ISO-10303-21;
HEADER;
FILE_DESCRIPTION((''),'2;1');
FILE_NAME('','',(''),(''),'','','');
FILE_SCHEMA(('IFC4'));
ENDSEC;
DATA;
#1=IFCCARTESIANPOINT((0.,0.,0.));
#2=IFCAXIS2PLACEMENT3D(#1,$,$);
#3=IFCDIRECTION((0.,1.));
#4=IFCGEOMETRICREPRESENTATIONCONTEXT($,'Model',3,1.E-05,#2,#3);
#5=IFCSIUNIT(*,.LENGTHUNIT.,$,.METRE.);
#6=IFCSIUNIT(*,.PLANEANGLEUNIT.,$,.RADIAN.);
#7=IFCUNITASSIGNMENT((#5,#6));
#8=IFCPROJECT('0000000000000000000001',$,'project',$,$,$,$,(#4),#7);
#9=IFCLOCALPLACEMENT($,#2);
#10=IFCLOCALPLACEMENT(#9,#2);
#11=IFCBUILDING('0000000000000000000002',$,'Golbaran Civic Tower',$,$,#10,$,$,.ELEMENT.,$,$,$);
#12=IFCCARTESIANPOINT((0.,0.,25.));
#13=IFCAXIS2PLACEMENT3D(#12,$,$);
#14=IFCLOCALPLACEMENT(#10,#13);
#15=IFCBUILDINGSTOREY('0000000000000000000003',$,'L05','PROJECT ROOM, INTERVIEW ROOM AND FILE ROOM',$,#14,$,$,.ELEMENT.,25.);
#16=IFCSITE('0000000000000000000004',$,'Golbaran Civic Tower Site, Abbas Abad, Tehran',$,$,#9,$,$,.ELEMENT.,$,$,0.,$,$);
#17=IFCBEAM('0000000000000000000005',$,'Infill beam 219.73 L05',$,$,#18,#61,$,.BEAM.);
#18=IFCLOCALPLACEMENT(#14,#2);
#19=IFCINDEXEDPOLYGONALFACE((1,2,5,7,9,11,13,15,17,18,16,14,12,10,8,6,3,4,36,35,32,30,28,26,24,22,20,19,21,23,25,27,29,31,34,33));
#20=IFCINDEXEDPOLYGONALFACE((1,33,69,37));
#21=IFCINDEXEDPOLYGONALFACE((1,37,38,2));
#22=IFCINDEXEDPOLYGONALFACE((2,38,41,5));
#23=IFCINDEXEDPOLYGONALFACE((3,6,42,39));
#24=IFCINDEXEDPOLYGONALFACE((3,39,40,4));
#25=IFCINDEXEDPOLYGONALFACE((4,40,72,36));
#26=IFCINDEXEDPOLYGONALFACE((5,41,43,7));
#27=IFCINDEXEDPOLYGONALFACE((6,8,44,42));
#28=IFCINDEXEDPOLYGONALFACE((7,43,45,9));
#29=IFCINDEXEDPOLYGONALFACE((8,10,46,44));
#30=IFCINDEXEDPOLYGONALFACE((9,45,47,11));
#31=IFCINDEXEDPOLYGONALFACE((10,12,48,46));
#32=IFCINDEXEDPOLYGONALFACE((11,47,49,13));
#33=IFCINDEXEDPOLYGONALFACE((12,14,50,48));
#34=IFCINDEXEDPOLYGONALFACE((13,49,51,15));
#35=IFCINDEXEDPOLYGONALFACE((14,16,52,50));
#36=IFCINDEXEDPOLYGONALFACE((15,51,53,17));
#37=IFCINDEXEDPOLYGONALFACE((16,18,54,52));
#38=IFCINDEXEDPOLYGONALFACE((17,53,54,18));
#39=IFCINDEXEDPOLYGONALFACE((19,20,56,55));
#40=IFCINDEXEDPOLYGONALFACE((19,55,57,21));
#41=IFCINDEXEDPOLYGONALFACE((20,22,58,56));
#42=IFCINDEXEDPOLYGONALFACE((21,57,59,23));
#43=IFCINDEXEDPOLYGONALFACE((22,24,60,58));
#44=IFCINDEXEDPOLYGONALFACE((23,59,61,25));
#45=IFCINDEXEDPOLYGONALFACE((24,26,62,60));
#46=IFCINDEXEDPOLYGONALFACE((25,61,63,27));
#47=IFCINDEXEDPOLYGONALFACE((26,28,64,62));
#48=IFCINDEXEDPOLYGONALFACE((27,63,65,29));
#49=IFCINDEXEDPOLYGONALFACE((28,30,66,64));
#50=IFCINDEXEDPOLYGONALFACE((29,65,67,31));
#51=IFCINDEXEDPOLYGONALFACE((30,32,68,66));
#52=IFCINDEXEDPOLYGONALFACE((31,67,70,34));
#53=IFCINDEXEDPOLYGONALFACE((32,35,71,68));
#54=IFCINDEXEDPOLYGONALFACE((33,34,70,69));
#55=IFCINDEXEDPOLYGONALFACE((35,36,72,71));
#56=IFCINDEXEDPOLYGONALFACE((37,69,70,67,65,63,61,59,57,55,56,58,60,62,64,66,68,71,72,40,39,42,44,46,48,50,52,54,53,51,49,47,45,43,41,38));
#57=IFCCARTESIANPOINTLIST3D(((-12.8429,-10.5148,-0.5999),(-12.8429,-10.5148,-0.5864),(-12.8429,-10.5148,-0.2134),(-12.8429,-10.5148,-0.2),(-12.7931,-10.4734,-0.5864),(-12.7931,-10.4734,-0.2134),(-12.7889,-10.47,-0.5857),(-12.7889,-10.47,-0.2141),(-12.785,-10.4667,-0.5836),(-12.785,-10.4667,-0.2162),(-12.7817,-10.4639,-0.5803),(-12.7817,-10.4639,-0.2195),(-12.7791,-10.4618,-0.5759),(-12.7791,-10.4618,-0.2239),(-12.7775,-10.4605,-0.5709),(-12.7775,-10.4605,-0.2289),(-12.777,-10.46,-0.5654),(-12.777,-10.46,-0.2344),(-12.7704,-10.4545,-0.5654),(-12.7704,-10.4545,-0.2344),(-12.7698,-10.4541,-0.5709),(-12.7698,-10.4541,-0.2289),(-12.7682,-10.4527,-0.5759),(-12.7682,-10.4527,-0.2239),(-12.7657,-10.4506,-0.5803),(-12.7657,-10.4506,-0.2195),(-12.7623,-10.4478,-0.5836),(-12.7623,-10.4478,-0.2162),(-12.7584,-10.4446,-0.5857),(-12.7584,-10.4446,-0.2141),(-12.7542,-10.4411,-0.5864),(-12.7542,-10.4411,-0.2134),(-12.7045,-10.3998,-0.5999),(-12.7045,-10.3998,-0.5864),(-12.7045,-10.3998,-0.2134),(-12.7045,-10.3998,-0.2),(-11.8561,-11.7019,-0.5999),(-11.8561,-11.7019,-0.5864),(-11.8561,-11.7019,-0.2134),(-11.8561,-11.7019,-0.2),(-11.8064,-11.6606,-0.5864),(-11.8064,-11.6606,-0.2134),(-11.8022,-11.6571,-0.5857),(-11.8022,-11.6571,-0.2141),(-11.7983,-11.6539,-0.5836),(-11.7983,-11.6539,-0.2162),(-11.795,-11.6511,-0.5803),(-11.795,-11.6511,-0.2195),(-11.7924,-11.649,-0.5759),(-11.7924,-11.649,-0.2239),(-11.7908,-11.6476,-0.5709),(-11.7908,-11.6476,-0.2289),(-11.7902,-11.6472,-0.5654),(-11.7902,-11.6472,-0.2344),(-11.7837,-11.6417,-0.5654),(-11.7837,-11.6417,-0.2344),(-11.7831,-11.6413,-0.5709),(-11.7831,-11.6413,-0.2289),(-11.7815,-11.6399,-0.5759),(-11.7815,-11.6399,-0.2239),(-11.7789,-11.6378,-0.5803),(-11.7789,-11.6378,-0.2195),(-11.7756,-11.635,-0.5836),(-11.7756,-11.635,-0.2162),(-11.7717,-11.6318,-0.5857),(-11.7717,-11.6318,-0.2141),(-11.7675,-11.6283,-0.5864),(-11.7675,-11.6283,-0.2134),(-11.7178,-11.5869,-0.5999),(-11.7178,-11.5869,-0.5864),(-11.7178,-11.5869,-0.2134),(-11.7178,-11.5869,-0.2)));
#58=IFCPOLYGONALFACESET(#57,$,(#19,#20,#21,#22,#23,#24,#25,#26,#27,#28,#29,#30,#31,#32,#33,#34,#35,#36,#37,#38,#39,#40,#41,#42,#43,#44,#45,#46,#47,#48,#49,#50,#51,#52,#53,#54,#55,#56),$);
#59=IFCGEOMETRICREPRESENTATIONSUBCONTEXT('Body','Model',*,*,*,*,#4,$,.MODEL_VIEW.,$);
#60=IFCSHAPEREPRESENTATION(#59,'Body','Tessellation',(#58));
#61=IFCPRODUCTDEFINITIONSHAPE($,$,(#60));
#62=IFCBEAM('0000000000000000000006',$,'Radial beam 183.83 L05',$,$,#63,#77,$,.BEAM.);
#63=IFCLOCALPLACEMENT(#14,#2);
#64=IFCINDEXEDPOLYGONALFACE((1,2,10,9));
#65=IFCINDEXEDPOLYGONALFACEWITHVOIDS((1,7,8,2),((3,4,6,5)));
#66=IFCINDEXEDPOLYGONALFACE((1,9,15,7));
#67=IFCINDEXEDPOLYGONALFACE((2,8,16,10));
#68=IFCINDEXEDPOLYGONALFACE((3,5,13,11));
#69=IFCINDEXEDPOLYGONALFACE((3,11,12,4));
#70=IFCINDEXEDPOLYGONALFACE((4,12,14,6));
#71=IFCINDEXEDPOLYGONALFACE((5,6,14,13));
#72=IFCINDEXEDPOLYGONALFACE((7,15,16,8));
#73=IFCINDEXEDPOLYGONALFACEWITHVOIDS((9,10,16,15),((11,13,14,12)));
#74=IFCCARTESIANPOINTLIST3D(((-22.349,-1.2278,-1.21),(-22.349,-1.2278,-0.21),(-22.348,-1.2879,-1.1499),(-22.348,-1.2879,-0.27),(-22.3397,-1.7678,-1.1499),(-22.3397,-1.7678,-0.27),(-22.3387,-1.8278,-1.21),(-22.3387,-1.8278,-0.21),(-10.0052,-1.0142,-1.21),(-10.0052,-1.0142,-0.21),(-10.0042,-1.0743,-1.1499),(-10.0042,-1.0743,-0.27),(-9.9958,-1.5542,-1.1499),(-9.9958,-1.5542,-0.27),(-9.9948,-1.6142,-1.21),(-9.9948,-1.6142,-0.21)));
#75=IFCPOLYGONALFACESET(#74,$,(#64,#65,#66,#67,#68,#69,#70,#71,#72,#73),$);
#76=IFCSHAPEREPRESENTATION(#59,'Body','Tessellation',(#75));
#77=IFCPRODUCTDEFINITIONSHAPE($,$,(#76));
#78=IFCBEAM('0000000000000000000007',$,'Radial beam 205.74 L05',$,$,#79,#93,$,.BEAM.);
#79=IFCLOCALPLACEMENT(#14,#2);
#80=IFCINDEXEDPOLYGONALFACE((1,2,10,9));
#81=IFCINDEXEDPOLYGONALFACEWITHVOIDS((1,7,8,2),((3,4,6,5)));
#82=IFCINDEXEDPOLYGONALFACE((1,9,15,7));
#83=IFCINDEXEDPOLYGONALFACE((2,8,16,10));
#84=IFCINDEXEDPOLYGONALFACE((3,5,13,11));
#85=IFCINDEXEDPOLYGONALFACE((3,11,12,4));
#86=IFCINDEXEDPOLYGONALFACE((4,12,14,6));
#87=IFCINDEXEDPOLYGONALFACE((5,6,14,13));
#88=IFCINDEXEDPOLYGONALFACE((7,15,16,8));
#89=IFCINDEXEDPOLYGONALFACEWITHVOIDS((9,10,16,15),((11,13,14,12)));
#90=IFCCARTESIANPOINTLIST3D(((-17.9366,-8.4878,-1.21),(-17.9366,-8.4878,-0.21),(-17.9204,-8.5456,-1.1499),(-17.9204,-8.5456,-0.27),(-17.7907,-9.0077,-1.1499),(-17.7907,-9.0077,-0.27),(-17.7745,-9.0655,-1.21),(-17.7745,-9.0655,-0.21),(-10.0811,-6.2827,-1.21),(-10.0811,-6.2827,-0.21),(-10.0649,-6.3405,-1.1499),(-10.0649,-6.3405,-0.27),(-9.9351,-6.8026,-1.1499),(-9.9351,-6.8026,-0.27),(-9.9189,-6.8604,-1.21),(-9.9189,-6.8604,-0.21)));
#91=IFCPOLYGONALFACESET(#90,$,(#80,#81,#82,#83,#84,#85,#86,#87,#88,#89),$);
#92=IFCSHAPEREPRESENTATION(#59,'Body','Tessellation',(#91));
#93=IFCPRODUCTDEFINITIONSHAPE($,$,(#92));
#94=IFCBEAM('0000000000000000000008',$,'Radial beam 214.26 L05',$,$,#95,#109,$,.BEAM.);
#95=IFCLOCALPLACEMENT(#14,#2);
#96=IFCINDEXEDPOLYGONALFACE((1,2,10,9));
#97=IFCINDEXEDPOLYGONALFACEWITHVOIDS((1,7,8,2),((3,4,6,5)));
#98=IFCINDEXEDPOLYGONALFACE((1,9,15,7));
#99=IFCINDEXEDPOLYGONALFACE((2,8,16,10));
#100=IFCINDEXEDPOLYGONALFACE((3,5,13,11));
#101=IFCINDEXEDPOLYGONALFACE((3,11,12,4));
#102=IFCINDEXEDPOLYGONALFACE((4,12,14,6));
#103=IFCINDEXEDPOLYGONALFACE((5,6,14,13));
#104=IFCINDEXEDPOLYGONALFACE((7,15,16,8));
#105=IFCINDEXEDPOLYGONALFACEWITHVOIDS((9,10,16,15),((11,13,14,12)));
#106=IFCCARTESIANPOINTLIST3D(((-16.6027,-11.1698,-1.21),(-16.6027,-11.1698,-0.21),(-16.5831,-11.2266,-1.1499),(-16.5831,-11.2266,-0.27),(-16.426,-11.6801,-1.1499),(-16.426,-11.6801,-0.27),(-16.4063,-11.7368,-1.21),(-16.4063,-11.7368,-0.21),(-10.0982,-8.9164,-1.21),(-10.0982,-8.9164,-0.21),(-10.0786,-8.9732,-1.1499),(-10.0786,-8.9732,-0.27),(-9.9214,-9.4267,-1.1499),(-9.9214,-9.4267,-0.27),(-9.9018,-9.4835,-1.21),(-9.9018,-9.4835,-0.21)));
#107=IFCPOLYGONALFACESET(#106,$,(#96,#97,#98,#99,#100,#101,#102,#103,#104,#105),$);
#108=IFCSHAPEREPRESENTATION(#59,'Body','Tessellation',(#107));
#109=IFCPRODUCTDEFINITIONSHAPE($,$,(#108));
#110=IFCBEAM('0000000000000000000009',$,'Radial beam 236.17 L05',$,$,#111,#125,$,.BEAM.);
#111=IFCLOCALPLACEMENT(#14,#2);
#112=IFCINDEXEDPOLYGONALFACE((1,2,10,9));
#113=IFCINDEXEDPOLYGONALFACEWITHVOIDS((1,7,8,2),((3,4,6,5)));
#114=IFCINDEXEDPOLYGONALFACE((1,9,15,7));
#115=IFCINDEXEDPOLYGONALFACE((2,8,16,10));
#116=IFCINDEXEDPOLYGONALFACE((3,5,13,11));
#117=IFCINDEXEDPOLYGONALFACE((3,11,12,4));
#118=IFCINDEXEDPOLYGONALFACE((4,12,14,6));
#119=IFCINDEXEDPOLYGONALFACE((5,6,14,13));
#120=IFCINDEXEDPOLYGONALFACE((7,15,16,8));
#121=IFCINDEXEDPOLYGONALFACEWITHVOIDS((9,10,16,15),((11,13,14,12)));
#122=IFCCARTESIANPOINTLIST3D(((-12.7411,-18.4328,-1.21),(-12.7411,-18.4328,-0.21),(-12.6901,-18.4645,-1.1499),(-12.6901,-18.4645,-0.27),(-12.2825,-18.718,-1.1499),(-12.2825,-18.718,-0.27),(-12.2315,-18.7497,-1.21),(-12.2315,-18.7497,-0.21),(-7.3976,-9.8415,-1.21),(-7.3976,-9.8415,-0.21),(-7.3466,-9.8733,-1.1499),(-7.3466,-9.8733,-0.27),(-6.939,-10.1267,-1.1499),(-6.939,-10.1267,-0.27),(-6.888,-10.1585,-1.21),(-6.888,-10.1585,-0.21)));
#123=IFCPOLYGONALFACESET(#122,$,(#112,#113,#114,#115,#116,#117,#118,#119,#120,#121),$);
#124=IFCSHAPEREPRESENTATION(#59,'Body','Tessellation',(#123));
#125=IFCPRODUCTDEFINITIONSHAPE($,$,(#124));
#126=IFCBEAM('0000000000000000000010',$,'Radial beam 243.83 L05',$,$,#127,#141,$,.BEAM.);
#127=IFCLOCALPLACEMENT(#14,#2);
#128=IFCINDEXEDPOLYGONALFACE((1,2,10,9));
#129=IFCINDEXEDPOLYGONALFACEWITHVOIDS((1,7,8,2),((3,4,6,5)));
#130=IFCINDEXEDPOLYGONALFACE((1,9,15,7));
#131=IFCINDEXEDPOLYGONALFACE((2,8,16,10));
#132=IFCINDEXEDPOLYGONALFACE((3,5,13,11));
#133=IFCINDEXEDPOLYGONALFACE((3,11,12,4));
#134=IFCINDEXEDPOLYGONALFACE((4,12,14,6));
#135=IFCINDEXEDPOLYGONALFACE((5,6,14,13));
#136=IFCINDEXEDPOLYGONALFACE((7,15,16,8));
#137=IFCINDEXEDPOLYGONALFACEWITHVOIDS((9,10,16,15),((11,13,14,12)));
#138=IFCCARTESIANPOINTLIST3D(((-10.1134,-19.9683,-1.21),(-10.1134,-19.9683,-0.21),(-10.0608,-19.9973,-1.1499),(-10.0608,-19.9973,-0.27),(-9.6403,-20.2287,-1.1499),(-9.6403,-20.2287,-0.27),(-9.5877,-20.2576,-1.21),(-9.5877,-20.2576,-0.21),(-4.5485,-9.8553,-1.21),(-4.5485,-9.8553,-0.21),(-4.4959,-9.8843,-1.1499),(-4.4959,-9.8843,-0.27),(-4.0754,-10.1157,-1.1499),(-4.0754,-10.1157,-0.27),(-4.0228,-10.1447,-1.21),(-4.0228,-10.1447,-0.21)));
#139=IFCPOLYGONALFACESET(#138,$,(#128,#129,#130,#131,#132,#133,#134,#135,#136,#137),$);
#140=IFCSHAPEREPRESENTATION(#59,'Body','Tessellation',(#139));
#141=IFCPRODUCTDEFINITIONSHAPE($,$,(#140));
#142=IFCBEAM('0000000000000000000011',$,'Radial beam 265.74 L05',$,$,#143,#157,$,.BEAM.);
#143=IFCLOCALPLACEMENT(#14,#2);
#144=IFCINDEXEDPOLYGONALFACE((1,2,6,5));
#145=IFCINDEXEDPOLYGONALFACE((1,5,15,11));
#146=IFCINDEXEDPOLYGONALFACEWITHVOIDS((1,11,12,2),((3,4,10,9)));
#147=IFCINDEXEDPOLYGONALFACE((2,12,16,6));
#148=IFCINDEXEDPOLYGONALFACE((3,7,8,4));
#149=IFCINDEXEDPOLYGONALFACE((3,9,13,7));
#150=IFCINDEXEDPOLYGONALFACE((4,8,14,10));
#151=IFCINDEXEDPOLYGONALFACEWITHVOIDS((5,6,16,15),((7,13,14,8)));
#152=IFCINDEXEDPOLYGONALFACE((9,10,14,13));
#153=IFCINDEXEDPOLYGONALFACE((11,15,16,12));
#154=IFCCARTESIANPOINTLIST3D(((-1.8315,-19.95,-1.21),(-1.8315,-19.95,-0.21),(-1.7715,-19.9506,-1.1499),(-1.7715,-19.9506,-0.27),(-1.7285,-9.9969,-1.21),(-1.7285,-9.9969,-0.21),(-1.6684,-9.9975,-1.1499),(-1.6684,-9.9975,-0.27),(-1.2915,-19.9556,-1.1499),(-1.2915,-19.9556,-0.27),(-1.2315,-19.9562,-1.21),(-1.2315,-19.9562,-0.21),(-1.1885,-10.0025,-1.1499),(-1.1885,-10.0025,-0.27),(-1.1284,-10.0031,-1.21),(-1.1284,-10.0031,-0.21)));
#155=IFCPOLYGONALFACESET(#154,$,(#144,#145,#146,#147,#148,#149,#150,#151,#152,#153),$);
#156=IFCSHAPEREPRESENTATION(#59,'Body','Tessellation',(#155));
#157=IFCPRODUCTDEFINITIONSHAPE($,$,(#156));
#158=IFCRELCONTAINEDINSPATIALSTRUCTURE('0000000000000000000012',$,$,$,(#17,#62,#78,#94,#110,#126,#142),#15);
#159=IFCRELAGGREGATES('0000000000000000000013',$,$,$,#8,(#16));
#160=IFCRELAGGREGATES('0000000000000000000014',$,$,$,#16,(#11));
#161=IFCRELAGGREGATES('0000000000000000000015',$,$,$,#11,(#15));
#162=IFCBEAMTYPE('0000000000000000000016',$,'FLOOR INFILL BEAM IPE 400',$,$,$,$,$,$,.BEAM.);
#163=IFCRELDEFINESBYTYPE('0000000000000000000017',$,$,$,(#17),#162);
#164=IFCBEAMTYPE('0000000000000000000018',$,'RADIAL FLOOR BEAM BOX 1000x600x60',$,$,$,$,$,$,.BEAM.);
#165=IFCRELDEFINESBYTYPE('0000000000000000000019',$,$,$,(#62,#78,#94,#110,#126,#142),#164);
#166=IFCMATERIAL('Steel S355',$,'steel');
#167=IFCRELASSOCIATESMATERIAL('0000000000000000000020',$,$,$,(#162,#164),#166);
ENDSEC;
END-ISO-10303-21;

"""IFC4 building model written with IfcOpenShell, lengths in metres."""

from ifc_helpers import new_model, si_unit, direction, frame, origin, origin_2d, place, context, subcontext, project, spatial, hollow_rectangle, i_section, extrude, material, material_profile, profile_set, type_object, element, save


model = new_model("IFC4")

# Units and contexts
model_context = context("Model", 3, precision=1e-05, world=origin(), true_north=direction((0.0, 1.0)))
body_context = subcontext(model_context, "Body", "Model", "MODEL_VIEW")
ifc_project = project(units=[si_unit("LENGTHUNIT", "METRE"), si_unit("PLANEANGLEUNIT", "RADIAN")], contexts=[model_context])

# Site, building, storey
site_placement = place(None, origin())
site = spatial("IfcSite", under=ifc_project, at=site_placement, Name="Golbaran Civic Tower Site, Abbas Abad, Tehran", CompositionType="ELEMENT", RefElevation=0.0)
building_placement = place(site_placement, origin())
building = spatial("IfcBuilding", under=site, at=building_placement, Name="Golbaran Civic Tower", CompositionType="ELEMENT")
storey_placement = place(building_placement, frame((0.0, 0.0, 25.0)))
storey = spatial("IfcBuildingStorey", under=building, at=storey_placement, Name="L05", Description="PROJECT ROOM, INTERVIEW ROOM AND FILE ROOM", CompositionType="ELEMENT", Elevation=25.0)

# Beams
ifc_material_1 = material(Name="Steel S355", Category="steel")
ifc_material_profile_1 = material_profile(ifc_material_1, i_section(OverallWidth=0.1799, OverallDepth=0.3999, WebThickness=0.0085, FlangeThickness=0.0134, FilletRadius=0.021, at=origin_2d()), Name="IPE 400")
ifc_profile_set_1 = profile_set([ifc_material_profile_1], Name="Steel S355")
beam_type_1 = type_object("IfcBeamType", Name="FLOOR INFILL BEAM IPE 400", PredefinedType="BEAM", material=ifc_profile_set_1)
beam_1_placement = place(storey_placement, frame((-12.7737, -10.4573, -0.3999), z_axis=(0.639204, -0.769037, 0.0), x_axis=(0.769037, 0.639204, 0.0)))
element("IfcBeam", 1, at=beam_1_placement, inside=storey, type_object=beam_type_1, Name="Infill beam 219.73 L05", PredefinedType="BEAM", context=body_context, shape_type="SweptSolid", body=[
    extrude(i_section(OverallWidth=0.1799, OverallDepth=0.3999, WebThickness=0.0085, FlangeThickness=0.0134, FilletRadius=0.021, at=origin_2d()), origin(), (0.0, 0.0, 1.0), 1.5437),
])
ifc_material_profile_2 = material_profile(ifc_material_1, hollow_rectangle(XDim=0.6001, YDim=1.0, WallThickness=0.0601, at=origin_2d()), Name="BOX 1000x600x60")
ifc_profile_set_2 = profile_set([ifc_material_profile_2], Name="Steel S355")
beam_type_2 = type_object("IfcBeamType", Name="RADIAL FLOOR BEAM BOX 1000x600x60", PredefinedType="BEAM", material=ifc_profile_set_2)
beam_2_placement = place(storey_placement, frame((-10.0, -1.3142, -0.71), z_axis=(-0.99985, -0.017304, 0.0), x_axis=(0.017304, -0.99985, 0.0)))
element("IfcBeam", 2, at=beam_2_placement, inside=storey, type_object=beam_type_2, Name="Radial beam 183.83 L05", PredefinedType="BEAM", context=body_context, shape_type="SweptSolid", body=[
    extrude(hollow_rectangle(XDim=0.6001, YDim=1.0, WallThickness=0.0601, at=origin_2d()), origin(), (0.0, 0.0, 1.0), 12.3457),
])
beam_3_placement = place(storey_placement, frame((-10.0, -6.5715, -0.71), z_axis=(-0.962787, -0.27026, 0.0), x_axis=(0.27026, -0.962787, 0.0)))
element("IfcBeam", 3, at=beam_3_placement, inside=storey, type_object=beam_type_2, Name="Radial beam 205.74 L05", PredefinedType="BEAM", context=body_context, shape_type="SweptSolid", body=[
    extrude(hollow_rectangle(XDim=0.6001, YDim=1.0, WallThickness=0.0601, at=origin_2d()), origin(), (0.0, 0.0, 1.0), 8.1592),
])
beam_4_placement = place(storey_placement, frame((-10.0, -9.2, -0.71), z_axis=(-0.944905, -0.327346, 0.0), x_axis=(0.327346, -0.944905, 0.0)))
element("IfcBeam", 4, at=beam_4_placement, inside=storey, type_object=beam_type_2, Name="Radial beam 214.26 L05", PredefinedType="BEAM", context=body_context, shape_type="SweptSolid", body=[
    extrude(hollow_rectangle(XDim=0.6001, YDim=1.0, WallThickness=0.0601, at=origin_2d()), origin(), (0.0, 0.0, 1.0), 6.8838),
])
beam_5_placement = place(storey_placement, frame((-7.1428, -10.0, -0.71), z_axis=(-0.528145, -0.849154, 0.0), x_axis=(0.849154, -0.528145, 0.0)))
element("IfcBeam", 5, at=beam_5_placement, inside=storey, type_object=beam_type_2, Name="Radial beam 236.17 L05", PredefinedType="BEAM", context=body_context, shape_type="SweptSolid", body=[
    extrude(hollow_rectangle(XDim=0.6001, YDim=1.0, WallThickness=0.0601, at=origin_2d()), origin(), (0.0, 0.0, 1.0), 10.1174),
])
beam_6_placement = place(storey_placement, frame((-4.2856, -10.0, -0.71), z_axis=(-0.482103, -0.876115, 0.0), x_axis=(0.876115, -0.482103, 0.0)))
element("IfcBeam", 6, at=beam_6_placement, inside=storey, type_object=beam_type_2, Name="Radial beam 243.83 L05", PredefinedType="BEAM", context=body_context, shape_type="SweptSolid", body=[
    extrude(hollow_rectangle(XDim=0.6001, YDim=1.0, WallThickness=0.0601, at=origin_2d()), origin(), (0.0, 0.0, 1.0), 11.543),
])
beam_7_placement = place(storey_placement, frame((-1.4285, -10.0, -0.71), z_axis=(-0.010351, -0.999946, 0.0), x_axis=(0.999946, -0.010351, 0.0)))
element("IfcBeam", 7, at=beam_7_placement, inside=storey, type_object=beam_type_2, Name="Radial beam 265.74 L05", PredefinedType="BEAM", context=body_context, shape_type="SweptSolid", body=[
    extrude(hollow_rectangle(XDim=0.6001, YDim=1.0, WallThickness=0.0601, at=origin_2d()), origin(), (0.0, 0.0, 1.0), 9.9536),
])

save(model, "model.ifc")
